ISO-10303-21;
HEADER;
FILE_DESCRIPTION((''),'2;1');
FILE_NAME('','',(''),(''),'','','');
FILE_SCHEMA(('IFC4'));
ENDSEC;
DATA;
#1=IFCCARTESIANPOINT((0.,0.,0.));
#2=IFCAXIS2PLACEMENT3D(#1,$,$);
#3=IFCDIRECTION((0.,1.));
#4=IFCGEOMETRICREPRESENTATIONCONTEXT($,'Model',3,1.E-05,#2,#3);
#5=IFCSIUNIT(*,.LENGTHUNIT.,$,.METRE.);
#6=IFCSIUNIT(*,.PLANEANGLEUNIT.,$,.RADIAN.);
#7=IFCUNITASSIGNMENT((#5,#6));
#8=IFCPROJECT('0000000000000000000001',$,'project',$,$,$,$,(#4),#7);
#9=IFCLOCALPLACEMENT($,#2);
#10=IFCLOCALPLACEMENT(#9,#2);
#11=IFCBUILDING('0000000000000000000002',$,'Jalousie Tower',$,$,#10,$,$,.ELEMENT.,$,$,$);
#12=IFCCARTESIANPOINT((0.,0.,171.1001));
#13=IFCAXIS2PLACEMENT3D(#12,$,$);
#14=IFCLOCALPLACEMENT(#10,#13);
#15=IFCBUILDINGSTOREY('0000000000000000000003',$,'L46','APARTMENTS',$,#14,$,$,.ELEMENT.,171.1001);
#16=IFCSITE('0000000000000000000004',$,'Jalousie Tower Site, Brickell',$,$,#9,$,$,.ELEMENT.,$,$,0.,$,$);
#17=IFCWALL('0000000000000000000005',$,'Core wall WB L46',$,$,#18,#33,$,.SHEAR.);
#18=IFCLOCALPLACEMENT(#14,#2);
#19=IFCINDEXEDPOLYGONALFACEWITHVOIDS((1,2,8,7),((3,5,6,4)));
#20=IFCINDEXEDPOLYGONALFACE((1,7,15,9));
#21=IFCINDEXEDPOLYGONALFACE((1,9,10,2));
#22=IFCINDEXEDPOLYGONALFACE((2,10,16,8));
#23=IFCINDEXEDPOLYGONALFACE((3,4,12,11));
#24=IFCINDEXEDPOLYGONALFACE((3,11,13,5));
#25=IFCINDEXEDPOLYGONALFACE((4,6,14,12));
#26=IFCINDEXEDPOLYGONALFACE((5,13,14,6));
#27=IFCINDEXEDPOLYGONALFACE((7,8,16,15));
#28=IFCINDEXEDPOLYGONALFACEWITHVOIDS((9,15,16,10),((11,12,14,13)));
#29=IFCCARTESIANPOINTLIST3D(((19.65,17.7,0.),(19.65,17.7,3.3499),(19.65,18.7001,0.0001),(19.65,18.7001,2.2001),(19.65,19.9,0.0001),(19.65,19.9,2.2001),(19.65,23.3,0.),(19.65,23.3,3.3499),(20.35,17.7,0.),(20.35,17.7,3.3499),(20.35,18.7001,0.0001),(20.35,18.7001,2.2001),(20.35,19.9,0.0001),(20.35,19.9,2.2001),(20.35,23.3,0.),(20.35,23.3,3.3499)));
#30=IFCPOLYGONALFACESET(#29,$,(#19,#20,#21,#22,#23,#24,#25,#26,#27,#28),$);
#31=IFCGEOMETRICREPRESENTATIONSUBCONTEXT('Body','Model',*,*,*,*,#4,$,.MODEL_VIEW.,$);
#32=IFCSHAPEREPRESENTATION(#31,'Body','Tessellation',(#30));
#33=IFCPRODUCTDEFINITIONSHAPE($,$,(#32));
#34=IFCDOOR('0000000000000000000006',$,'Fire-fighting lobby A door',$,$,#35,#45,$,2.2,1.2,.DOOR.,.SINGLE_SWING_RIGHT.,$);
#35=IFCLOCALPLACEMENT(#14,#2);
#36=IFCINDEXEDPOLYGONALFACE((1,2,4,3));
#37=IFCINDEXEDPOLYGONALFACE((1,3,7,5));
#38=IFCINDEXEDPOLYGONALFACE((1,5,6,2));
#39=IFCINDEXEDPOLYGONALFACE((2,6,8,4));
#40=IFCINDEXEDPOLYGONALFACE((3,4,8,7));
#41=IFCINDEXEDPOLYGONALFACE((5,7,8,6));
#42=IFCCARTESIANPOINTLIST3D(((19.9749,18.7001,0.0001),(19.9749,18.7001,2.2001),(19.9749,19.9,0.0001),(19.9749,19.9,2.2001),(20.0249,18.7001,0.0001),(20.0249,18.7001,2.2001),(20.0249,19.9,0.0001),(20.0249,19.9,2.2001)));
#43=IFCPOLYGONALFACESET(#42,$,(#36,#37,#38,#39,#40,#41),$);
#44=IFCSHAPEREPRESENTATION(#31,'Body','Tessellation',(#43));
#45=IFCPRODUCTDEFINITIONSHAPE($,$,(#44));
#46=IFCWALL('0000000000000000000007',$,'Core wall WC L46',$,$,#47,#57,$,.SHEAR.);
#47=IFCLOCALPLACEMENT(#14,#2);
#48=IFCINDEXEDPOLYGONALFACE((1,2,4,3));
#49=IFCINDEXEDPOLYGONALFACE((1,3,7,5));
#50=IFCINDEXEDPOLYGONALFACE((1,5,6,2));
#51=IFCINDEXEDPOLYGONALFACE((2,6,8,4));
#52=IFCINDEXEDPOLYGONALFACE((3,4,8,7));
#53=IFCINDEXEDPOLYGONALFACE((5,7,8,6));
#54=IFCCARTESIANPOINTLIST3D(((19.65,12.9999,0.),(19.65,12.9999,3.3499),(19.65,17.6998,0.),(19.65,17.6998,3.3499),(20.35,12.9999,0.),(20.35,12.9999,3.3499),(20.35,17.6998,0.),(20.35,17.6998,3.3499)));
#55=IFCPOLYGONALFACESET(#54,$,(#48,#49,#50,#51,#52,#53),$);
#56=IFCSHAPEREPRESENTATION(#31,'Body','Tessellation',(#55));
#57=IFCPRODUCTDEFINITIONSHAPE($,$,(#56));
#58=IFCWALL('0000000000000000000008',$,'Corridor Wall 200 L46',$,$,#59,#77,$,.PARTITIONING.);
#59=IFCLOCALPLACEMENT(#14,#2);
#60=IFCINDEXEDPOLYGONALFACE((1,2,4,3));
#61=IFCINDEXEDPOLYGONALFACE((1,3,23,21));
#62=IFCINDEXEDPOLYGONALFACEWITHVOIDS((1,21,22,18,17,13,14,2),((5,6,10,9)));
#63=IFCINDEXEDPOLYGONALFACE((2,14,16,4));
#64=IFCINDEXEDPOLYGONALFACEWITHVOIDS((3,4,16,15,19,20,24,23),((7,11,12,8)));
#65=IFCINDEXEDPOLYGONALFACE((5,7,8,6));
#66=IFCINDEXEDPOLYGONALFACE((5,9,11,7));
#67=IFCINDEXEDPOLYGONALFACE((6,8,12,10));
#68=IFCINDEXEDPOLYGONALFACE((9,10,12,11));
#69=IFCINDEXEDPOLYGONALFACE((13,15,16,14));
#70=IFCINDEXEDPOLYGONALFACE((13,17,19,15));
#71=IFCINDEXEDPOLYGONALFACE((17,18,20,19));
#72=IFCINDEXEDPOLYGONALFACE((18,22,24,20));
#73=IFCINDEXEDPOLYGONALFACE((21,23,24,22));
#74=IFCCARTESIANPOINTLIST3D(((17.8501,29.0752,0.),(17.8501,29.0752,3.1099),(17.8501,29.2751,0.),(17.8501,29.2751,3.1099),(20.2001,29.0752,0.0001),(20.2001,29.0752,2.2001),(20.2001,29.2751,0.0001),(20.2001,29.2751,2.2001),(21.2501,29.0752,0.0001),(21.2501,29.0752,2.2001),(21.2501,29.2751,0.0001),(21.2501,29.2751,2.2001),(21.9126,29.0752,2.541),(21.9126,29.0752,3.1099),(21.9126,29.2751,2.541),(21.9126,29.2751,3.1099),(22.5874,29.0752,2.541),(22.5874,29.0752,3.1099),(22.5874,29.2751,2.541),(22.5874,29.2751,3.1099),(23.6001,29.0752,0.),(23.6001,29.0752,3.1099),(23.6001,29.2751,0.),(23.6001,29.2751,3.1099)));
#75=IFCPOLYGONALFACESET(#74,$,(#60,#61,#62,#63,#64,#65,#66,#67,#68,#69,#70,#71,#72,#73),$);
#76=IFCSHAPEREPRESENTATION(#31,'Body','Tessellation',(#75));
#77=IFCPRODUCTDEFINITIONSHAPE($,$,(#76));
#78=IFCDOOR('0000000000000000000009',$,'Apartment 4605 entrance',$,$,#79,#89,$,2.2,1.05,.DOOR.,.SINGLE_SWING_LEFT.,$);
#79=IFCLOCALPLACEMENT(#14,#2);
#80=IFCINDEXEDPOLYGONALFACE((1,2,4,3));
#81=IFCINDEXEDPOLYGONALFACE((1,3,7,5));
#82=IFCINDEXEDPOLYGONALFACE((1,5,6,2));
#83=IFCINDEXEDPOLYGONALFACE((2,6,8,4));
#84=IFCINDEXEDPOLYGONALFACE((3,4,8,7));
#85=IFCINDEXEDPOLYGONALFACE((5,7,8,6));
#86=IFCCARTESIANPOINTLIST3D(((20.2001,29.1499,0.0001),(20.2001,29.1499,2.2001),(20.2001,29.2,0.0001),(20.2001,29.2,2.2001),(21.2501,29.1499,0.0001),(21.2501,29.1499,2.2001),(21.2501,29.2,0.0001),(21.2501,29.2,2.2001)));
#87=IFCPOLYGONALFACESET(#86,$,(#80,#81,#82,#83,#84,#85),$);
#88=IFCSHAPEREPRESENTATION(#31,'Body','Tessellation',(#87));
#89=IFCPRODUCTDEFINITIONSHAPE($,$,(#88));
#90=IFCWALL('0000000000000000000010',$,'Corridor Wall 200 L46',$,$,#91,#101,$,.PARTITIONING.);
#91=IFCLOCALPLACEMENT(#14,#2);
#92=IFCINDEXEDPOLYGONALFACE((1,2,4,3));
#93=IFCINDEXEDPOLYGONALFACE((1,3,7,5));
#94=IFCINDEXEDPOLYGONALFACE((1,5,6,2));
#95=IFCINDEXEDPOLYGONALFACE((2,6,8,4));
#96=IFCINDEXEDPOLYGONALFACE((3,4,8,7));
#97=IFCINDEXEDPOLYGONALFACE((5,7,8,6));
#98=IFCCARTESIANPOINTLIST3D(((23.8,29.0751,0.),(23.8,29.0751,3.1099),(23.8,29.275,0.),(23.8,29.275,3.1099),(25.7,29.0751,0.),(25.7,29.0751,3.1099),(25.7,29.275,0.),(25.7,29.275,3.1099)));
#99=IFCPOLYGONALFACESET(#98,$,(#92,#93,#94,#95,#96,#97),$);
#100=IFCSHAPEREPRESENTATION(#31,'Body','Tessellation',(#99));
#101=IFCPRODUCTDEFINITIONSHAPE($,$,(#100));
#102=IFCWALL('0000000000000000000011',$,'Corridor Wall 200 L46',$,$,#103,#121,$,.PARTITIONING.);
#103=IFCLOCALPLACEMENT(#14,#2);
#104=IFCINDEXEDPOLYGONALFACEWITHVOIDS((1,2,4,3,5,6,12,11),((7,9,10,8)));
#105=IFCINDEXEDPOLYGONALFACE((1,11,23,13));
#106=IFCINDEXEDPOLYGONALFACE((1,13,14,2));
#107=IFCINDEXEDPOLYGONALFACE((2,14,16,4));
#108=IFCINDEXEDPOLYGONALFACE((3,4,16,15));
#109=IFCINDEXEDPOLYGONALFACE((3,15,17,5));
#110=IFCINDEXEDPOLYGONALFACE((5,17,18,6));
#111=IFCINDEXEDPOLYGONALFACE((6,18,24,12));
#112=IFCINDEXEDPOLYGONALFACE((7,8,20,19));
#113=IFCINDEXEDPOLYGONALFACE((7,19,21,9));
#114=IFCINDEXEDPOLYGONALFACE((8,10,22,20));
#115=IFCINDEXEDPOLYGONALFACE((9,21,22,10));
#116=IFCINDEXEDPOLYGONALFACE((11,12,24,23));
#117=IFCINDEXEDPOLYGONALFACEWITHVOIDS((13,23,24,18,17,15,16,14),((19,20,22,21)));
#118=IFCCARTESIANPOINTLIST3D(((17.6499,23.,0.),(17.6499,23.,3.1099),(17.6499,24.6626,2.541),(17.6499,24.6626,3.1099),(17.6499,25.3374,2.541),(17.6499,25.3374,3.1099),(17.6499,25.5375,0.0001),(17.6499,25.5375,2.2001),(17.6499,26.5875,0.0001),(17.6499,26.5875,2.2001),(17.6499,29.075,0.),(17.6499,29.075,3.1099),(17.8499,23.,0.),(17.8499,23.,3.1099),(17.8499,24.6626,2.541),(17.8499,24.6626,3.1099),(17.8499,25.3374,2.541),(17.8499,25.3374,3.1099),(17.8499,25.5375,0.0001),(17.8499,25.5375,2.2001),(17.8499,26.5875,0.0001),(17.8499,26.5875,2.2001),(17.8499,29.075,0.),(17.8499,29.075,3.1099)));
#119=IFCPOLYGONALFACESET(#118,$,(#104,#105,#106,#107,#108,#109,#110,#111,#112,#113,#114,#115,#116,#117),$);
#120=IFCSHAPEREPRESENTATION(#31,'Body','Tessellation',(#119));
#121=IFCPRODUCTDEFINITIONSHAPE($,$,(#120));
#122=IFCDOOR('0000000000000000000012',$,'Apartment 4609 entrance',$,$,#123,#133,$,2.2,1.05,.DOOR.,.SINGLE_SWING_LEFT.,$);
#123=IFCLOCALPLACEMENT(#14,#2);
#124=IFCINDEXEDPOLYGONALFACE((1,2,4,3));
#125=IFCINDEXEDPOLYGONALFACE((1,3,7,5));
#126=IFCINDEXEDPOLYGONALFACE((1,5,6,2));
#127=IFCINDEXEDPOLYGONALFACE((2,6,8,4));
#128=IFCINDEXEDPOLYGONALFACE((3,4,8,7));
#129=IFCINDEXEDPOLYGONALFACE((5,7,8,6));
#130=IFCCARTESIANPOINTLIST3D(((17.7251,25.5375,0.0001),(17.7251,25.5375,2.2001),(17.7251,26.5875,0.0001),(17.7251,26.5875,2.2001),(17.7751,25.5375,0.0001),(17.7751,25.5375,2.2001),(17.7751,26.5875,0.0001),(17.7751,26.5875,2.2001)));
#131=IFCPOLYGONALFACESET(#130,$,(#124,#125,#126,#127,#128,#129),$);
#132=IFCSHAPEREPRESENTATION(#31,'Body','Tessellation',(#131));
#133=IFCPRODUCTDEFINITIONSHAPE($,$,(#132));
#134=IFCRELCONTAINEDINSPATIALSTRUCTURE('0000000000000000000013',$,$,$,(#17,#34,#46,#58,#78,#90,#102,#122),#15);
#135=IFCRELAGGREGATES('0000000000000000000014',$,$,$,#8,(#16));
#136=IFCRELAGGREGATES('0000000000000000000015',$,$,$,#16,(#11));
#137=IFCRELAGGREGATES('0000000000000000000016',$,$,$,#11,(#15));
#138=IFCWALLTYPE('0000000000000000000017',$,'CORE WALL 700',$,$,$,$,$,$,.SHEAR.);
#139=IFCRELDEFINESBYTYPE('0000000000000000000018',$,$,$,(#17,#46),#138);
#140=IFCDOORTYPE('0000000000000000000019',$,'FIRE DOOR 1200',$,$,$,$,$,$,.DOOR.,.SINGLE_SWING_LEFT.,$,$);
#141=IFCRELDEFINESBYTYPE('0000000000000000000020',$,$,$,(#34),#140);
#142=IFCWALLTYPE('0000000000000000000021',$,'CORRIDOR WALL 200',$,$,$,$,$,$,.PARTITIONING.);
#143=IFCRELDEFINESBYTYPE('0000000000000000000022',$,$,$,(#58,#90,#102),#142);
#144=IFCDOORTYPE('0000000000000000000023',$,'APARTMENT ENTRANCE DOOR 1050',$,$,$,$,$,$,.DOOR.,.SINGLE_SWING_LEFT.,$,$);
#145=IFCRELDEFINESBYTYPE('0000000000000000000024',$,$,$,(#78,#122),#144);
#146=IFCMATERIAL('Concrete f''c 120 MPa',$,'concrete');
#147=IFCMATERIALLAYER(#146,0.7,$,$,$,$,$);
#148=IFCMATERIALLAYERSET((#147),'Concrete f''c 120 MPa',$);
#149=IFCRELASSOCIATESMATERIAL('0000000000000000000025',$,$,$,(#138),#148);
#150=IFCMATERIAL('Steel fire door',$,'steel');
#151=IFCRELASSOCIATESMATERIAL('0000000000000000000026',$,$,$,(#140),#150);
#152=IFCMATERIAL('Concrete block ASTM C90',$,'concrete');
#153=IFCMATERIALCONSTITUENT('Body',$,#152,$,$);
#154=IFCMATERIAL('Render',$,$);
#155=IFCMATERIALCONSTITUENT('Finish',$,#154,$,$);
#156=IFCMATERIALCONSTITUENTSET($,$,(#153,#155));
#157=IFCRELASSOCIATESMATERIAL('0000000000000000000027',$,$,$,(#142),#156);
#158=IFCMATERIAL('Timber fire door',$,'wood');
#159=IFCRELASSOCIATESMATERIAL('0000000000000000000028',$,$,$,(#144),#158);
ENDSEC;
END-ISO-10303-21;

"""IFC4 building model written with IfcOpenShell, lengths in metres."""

from ifc_helpers import new_model, si_unit, direction, frame, frame_2d, origin, place, context, subcontext, project, spatial, polyline, rectangle, outline, extrude, material, layer, layer_set, constituent, constituent_set, type_object, element, fill, save


model = new_model("IFC4")

# Units and contexts
model_context = context("Model", 3, precision=1e-05, world=origin(), true_north=direction((0.0, 1.0)))
body_context = subcontext(model_context, "Body", "Model", "MODEL_VIEW")
ifc_project = project(units=[si_unit("LENGTHUNIT", "METRE"), si_unit("PLANEANGLEUNIT", "RADIAN")], contexts=[model_context])

# Site, building, storey
site_placement = place(None, origin())
site = spatial("IfcSite", under=ifc_project, at=site_placement, Name="Jalousie Tower Site, Brickell", CompositionType="ELEMENT", RefElevation=0.0)
building_placement = place(site_placement, origin())
building = spatial("IfcBuilding", under=site, at=building_placement, Name="Jalousie Tower", CompositionType="ELEMENT")
storey_placement = place(building_placement, frame((0.0, 0.0, 171.1001)))
storey = spatial("IfcBuildingStorey", under=building, at=storey_placement, Name="L46", Description="APARTMENTS", CompositionType="ELEMENT", Elevation=171.1001)

# Shared definitions
ifc_material_1 = material(Name="Concrete f'c 120 MPa", Category="concrete")
ifc_layer_1 = layer(ifc_material_1, 0.7)
ifc_layer_set_1 = layer_set([ifc_layer_1], Name="Concrete f'c 120 MPa")
wall_type_1 = type_object("IfcWallType", Name="CORE WALL 700", PredefinedType="SHEAR", material=ifc_layer_set_1)

# Wall, opening, door
wall_1_placement = place(storey_placement, frame((20.0, 23.3, 0.0), z_axis=(0.0, 0.0, 1.0), x_axis=(0.0, -1.0, 0.0)))
wall_1 = element("IfcWall", 1, at=wall_1_placement, inside=storey, type_object=wall_type_1, Name="Core wall WB L46", PredefinedType="SHEAR", context=body_context, shape_type="SweptSolid", body=[
    extrude(rectangle(XDim=5.6001, YDim=0.7, at=frame_2d((2.8, 0.0))), origin(), (0.0, 0.0, 1.0), 3.3499),
])
opening_1_placement = place(wall_1_placement, frame((3.3999, 0.0, 0.0)))
opening_1 = element("IfcOpeningElement", 2, at=opening_1_placement, cuts=wall_1, PredefinedType="OPENING", context=body_context, shape_type="SweptSolid", body=[
    extrude(rectangle(XDim=1.2, YDim=2.2, at=frame_2d((0.6001, 1.1001))), frame((0.0, 0.3599, 0.0), z_axis=(0.0, -1.0, 0.0), x_axis=(1.0, 0.0, 0.0)), (0.0, 0.0, 1.0), 0.72),
])
ifc_material_2 = material(Name="Steel fire door", Category="steel")
door_type_1 = type_object("IfcDoorType", Name="FIRE DOOR 1200", OperationType="SINGLE_SWING_LEFT", PredefinedType="DOOR", material=ifc_material_2)
door_1_placement = place(opening_1_placement, origin())
door_1 = element("IfcDoor", 3, at=door_1_placement, inside=storey, type_object=door_type_1, Name="Fire-fighting lobby A door", OperationType="SINGLE_SWING_RIGHT", OverallHeight=2.2, OverallWidth=1.2, PredefinedType="DOOR", context=body_context, shape_type="SweptSolid", body=[
    extrude(rectangle(XDim=1.2, YDim=2.2, at=frame_2d((0.6001, 1.1001))), frame((0.0, 0.0249, 0.0), z_axis=(0.0, -1.0, 0.0), x_axis=(1.0, 0.0, 0.0)), (0.0, 0.0, 1.0), 0.05),
])
fill(opening_1, door_1)

# Wall
wall_2_placement = place(storey_placement, frame((20.0, 17.7, 0.0), z_axis=(0.0, 0.0, 1.0), x_axis=(0.0, -1.0, 0.0)))
element("IfcWall", 4, at=wall_2_placement, inside=storey, type_object=wall_type_1, Name="Core wall WC L46", PredefinedType="SHEAR", context=body_context, shape_type="SweptSolid", body=[
    extrude(rectangle(XDim=4.7, YDim=0.7, at=frame_2d((2.3501, 0.0))), origin(), (0.0, 0.0, 1.0), 3.3499),
])

# Wall, opening, door
ifc_material_3 = material(Name="Concrete block ASTM C90", Category="concrete")
ifc_constituent_1 = constituent(ifc_material_3, Name="Body")
ifc_material_4 = material(Name="Render")
ifc_constituent_2 = constituent(ifc_material_4, Name="Finish")
ifc_constituent_set_1 = constituent_set(constituents=[ifc_constituent_1, ifc_constituent_2])
wall_type_2 = type_object("IfcWallType", Name="CORRIDOR WALL 200", PredefinedType="PARTITIONING", material=ifc_constituent_set_1)
wall_3_placement = place(storey_placement, frame((17.8501, 29.175, 0.0), z_axis=(0.0, 0.0, 1.0), x_axis=(1.0, 0.0, 0.0)))
wall_3 = element("IfcWall", 5, at=wall_3_placement, inside=storey, type_object=wall_type_2, Name="Corridor Wall 200 L46", PredefinedType="PARTITIONING", context=body_context, shape_type="SweptSolid", body=[
    extrude(outline(polyline([(0.0, 0.0), (5.75, 0.0), (5.75, 3.1099), (4.7373, 3.1099), (4.7373, 2.541), (4.0625, 2.541), (4.0625, 3.1099), (0.0, 3.1099), (0.0, 0.0)])), frame((0.0, 0.1001, 0.0), z_axis=(0.0, -1.0, 0.0), x_axis=(1.0, 0.0, 0.0)), (0.0, 0.0, 1.0), 0.2),
])
opening_2_placement = place(wall_3_placement, frame((2.3501, 0.0, 0.0)))
opening_2 = element("IfcOpeningElement", 6, at=opening_2_placement, cuts=wall_3, PredefinedType="OPENING", context=body_context, shape_type="SweptSolid", body=[
    extrude(rectangle(XDim=1.05, YDim=2.2, at=frame_2d((0.5249, 1.1001))), frame((0.0, 0.1099, 0.0), z_axis=(0.0, -1.0, 0.0), x_axis=(1.0, 0.0, 0.0)), (0.0, 0.0, 1.0), 0.22),
])
ifc_material_5 = material(Name="Timber fire door", Category="wood")
door_type_2 = type_object("IfcDoorType", Name="APARTMENT ENTRANCE DOOR 1050", OperationType="SINGLE_SWING_LEFT", PredefinedType="DOOR", material=ifc_material_5)
door_2_placement = place(opening_2_placement, origin())
door_2 = element("IfcDoor", 7, at=door_2_placement, inside=storey, type_object=door_type_2, Name="Apartment 4605 entrance", OperationType="SINGLE_SWING_LEFT", OverallHeight=2.2, OverallWidth=1.05, PredefinedType="DOOR", context=body_context, shape_type="SweptSolid", body=[
    extrude(rectangle(XDim=1.05, YDim=2.2, at=frame_2d((0.5249, 1.1001))), frame((0.0, 0.0249, 0.0), z_axis=(0.0, -1.0, 0.0), x_axis=(1.0, 0.0, 0.0)), (0.0, 0.0, 1.0), 0.05),
])
fill(opening_2, door_2)

# Wall
wall_4_placement = place(storey_placement, frame((23.8, 29.175, 0.0), z_axis=(0.0, 0.0, 1.0), x_axis=(1.0, 0.0, 0.0)))
element("IfcWall", 8, at=wall_4_placement, inside=storey, type_object=wall_type_2, Name="Corridor Wall 200 L46", PredefinedType="PARTITIONING", context=body_context, shape_type="SweptSolid", body=[
    extrude(rectangle(XDim=1.8999, YDim=0.2, at=frame_2d((0.95, 0.0))), origin(), (0.0, 0.0, 1.0), 3.1099),
])

# Wall, opening, door
wall_5_placement = place(storey_placement, frame((17.75, 23.0, 0.0), z_axis=(0.0, 0.0, 1.0), x_axis=(0.0, 1.0, 0.0)))
wall_5 = element("IfcWall", 9, at=wall_5_placement, inside=storey, type_object=wall_type_2, Name="Corridor Wall 200 L46", PredefinedType="PARTITIONING", context=body_context, shape_type="SweptSolid", body=[
    extrude(outline(polyline([(0.0, 0.0), (6.075, 0.0), (6.075, 3.1099), (2.3374, 3.1099), (2.3374, 2.541), (1.6626, 2.541), (1.6626, 3.1099), (0.0, 3.1099), (0.0, 0.0)])), frame((0.0, 0.1001, 0.0), z_axis=(0.0, -1.0, 0.0), x_axis=(1.0, 0.0, 0.0)), (0.0, 0.0, 1.0), 0.2),
])
opening_3_placement = place(wall_5_placement, frame((2.5376, 0.0, 0.0)))
opening_3 = element("IfcOpeningElement", 10, at=opening_3_placement, cuts=wall_5, PredefinedType="OPENING", context=body_context, shape_type="SweptSolid", body=[
    extrude(rectangle(XDim=1.05, YDim=2.2, at=frame_2d((0.5249, 1.1001))), frame((0.0, 0.1099, 0.0), z_axis=(0.0, -1.0, 0.0), x_axis=(1.0, 0.0, 0.0)), (0.0, 0.0, 1.0), 0.22),
])
door_3_placement = place(opening_3_placement, origin())
door_3 = element("IfcDoor", 11, at=door_3_placement, inside=storey, type_object=door_type_2, Name="Apartment 4609 entrance", OperationType="SINGLE_SWING_LEFT", OverallHeight=2.2, OverallWidth=1.05, PredefinedType="DOOR", context=body_context, shape_type="SweptSolid", body=[
    extrude(rectangle(XDim=1.05, YDim=2.2, at=frame_2d((0.5249, 1.1001))), frame((0.0, 0.0249, 0.0), z_axis=(0.0, -1.0, 0.0), x_axis=(1.0, 0.0, 0.0)), (0.0, 0.0, 1.0), 0.05),
])
fill(opening_3, door_3)

save(model, "model.ifc")
